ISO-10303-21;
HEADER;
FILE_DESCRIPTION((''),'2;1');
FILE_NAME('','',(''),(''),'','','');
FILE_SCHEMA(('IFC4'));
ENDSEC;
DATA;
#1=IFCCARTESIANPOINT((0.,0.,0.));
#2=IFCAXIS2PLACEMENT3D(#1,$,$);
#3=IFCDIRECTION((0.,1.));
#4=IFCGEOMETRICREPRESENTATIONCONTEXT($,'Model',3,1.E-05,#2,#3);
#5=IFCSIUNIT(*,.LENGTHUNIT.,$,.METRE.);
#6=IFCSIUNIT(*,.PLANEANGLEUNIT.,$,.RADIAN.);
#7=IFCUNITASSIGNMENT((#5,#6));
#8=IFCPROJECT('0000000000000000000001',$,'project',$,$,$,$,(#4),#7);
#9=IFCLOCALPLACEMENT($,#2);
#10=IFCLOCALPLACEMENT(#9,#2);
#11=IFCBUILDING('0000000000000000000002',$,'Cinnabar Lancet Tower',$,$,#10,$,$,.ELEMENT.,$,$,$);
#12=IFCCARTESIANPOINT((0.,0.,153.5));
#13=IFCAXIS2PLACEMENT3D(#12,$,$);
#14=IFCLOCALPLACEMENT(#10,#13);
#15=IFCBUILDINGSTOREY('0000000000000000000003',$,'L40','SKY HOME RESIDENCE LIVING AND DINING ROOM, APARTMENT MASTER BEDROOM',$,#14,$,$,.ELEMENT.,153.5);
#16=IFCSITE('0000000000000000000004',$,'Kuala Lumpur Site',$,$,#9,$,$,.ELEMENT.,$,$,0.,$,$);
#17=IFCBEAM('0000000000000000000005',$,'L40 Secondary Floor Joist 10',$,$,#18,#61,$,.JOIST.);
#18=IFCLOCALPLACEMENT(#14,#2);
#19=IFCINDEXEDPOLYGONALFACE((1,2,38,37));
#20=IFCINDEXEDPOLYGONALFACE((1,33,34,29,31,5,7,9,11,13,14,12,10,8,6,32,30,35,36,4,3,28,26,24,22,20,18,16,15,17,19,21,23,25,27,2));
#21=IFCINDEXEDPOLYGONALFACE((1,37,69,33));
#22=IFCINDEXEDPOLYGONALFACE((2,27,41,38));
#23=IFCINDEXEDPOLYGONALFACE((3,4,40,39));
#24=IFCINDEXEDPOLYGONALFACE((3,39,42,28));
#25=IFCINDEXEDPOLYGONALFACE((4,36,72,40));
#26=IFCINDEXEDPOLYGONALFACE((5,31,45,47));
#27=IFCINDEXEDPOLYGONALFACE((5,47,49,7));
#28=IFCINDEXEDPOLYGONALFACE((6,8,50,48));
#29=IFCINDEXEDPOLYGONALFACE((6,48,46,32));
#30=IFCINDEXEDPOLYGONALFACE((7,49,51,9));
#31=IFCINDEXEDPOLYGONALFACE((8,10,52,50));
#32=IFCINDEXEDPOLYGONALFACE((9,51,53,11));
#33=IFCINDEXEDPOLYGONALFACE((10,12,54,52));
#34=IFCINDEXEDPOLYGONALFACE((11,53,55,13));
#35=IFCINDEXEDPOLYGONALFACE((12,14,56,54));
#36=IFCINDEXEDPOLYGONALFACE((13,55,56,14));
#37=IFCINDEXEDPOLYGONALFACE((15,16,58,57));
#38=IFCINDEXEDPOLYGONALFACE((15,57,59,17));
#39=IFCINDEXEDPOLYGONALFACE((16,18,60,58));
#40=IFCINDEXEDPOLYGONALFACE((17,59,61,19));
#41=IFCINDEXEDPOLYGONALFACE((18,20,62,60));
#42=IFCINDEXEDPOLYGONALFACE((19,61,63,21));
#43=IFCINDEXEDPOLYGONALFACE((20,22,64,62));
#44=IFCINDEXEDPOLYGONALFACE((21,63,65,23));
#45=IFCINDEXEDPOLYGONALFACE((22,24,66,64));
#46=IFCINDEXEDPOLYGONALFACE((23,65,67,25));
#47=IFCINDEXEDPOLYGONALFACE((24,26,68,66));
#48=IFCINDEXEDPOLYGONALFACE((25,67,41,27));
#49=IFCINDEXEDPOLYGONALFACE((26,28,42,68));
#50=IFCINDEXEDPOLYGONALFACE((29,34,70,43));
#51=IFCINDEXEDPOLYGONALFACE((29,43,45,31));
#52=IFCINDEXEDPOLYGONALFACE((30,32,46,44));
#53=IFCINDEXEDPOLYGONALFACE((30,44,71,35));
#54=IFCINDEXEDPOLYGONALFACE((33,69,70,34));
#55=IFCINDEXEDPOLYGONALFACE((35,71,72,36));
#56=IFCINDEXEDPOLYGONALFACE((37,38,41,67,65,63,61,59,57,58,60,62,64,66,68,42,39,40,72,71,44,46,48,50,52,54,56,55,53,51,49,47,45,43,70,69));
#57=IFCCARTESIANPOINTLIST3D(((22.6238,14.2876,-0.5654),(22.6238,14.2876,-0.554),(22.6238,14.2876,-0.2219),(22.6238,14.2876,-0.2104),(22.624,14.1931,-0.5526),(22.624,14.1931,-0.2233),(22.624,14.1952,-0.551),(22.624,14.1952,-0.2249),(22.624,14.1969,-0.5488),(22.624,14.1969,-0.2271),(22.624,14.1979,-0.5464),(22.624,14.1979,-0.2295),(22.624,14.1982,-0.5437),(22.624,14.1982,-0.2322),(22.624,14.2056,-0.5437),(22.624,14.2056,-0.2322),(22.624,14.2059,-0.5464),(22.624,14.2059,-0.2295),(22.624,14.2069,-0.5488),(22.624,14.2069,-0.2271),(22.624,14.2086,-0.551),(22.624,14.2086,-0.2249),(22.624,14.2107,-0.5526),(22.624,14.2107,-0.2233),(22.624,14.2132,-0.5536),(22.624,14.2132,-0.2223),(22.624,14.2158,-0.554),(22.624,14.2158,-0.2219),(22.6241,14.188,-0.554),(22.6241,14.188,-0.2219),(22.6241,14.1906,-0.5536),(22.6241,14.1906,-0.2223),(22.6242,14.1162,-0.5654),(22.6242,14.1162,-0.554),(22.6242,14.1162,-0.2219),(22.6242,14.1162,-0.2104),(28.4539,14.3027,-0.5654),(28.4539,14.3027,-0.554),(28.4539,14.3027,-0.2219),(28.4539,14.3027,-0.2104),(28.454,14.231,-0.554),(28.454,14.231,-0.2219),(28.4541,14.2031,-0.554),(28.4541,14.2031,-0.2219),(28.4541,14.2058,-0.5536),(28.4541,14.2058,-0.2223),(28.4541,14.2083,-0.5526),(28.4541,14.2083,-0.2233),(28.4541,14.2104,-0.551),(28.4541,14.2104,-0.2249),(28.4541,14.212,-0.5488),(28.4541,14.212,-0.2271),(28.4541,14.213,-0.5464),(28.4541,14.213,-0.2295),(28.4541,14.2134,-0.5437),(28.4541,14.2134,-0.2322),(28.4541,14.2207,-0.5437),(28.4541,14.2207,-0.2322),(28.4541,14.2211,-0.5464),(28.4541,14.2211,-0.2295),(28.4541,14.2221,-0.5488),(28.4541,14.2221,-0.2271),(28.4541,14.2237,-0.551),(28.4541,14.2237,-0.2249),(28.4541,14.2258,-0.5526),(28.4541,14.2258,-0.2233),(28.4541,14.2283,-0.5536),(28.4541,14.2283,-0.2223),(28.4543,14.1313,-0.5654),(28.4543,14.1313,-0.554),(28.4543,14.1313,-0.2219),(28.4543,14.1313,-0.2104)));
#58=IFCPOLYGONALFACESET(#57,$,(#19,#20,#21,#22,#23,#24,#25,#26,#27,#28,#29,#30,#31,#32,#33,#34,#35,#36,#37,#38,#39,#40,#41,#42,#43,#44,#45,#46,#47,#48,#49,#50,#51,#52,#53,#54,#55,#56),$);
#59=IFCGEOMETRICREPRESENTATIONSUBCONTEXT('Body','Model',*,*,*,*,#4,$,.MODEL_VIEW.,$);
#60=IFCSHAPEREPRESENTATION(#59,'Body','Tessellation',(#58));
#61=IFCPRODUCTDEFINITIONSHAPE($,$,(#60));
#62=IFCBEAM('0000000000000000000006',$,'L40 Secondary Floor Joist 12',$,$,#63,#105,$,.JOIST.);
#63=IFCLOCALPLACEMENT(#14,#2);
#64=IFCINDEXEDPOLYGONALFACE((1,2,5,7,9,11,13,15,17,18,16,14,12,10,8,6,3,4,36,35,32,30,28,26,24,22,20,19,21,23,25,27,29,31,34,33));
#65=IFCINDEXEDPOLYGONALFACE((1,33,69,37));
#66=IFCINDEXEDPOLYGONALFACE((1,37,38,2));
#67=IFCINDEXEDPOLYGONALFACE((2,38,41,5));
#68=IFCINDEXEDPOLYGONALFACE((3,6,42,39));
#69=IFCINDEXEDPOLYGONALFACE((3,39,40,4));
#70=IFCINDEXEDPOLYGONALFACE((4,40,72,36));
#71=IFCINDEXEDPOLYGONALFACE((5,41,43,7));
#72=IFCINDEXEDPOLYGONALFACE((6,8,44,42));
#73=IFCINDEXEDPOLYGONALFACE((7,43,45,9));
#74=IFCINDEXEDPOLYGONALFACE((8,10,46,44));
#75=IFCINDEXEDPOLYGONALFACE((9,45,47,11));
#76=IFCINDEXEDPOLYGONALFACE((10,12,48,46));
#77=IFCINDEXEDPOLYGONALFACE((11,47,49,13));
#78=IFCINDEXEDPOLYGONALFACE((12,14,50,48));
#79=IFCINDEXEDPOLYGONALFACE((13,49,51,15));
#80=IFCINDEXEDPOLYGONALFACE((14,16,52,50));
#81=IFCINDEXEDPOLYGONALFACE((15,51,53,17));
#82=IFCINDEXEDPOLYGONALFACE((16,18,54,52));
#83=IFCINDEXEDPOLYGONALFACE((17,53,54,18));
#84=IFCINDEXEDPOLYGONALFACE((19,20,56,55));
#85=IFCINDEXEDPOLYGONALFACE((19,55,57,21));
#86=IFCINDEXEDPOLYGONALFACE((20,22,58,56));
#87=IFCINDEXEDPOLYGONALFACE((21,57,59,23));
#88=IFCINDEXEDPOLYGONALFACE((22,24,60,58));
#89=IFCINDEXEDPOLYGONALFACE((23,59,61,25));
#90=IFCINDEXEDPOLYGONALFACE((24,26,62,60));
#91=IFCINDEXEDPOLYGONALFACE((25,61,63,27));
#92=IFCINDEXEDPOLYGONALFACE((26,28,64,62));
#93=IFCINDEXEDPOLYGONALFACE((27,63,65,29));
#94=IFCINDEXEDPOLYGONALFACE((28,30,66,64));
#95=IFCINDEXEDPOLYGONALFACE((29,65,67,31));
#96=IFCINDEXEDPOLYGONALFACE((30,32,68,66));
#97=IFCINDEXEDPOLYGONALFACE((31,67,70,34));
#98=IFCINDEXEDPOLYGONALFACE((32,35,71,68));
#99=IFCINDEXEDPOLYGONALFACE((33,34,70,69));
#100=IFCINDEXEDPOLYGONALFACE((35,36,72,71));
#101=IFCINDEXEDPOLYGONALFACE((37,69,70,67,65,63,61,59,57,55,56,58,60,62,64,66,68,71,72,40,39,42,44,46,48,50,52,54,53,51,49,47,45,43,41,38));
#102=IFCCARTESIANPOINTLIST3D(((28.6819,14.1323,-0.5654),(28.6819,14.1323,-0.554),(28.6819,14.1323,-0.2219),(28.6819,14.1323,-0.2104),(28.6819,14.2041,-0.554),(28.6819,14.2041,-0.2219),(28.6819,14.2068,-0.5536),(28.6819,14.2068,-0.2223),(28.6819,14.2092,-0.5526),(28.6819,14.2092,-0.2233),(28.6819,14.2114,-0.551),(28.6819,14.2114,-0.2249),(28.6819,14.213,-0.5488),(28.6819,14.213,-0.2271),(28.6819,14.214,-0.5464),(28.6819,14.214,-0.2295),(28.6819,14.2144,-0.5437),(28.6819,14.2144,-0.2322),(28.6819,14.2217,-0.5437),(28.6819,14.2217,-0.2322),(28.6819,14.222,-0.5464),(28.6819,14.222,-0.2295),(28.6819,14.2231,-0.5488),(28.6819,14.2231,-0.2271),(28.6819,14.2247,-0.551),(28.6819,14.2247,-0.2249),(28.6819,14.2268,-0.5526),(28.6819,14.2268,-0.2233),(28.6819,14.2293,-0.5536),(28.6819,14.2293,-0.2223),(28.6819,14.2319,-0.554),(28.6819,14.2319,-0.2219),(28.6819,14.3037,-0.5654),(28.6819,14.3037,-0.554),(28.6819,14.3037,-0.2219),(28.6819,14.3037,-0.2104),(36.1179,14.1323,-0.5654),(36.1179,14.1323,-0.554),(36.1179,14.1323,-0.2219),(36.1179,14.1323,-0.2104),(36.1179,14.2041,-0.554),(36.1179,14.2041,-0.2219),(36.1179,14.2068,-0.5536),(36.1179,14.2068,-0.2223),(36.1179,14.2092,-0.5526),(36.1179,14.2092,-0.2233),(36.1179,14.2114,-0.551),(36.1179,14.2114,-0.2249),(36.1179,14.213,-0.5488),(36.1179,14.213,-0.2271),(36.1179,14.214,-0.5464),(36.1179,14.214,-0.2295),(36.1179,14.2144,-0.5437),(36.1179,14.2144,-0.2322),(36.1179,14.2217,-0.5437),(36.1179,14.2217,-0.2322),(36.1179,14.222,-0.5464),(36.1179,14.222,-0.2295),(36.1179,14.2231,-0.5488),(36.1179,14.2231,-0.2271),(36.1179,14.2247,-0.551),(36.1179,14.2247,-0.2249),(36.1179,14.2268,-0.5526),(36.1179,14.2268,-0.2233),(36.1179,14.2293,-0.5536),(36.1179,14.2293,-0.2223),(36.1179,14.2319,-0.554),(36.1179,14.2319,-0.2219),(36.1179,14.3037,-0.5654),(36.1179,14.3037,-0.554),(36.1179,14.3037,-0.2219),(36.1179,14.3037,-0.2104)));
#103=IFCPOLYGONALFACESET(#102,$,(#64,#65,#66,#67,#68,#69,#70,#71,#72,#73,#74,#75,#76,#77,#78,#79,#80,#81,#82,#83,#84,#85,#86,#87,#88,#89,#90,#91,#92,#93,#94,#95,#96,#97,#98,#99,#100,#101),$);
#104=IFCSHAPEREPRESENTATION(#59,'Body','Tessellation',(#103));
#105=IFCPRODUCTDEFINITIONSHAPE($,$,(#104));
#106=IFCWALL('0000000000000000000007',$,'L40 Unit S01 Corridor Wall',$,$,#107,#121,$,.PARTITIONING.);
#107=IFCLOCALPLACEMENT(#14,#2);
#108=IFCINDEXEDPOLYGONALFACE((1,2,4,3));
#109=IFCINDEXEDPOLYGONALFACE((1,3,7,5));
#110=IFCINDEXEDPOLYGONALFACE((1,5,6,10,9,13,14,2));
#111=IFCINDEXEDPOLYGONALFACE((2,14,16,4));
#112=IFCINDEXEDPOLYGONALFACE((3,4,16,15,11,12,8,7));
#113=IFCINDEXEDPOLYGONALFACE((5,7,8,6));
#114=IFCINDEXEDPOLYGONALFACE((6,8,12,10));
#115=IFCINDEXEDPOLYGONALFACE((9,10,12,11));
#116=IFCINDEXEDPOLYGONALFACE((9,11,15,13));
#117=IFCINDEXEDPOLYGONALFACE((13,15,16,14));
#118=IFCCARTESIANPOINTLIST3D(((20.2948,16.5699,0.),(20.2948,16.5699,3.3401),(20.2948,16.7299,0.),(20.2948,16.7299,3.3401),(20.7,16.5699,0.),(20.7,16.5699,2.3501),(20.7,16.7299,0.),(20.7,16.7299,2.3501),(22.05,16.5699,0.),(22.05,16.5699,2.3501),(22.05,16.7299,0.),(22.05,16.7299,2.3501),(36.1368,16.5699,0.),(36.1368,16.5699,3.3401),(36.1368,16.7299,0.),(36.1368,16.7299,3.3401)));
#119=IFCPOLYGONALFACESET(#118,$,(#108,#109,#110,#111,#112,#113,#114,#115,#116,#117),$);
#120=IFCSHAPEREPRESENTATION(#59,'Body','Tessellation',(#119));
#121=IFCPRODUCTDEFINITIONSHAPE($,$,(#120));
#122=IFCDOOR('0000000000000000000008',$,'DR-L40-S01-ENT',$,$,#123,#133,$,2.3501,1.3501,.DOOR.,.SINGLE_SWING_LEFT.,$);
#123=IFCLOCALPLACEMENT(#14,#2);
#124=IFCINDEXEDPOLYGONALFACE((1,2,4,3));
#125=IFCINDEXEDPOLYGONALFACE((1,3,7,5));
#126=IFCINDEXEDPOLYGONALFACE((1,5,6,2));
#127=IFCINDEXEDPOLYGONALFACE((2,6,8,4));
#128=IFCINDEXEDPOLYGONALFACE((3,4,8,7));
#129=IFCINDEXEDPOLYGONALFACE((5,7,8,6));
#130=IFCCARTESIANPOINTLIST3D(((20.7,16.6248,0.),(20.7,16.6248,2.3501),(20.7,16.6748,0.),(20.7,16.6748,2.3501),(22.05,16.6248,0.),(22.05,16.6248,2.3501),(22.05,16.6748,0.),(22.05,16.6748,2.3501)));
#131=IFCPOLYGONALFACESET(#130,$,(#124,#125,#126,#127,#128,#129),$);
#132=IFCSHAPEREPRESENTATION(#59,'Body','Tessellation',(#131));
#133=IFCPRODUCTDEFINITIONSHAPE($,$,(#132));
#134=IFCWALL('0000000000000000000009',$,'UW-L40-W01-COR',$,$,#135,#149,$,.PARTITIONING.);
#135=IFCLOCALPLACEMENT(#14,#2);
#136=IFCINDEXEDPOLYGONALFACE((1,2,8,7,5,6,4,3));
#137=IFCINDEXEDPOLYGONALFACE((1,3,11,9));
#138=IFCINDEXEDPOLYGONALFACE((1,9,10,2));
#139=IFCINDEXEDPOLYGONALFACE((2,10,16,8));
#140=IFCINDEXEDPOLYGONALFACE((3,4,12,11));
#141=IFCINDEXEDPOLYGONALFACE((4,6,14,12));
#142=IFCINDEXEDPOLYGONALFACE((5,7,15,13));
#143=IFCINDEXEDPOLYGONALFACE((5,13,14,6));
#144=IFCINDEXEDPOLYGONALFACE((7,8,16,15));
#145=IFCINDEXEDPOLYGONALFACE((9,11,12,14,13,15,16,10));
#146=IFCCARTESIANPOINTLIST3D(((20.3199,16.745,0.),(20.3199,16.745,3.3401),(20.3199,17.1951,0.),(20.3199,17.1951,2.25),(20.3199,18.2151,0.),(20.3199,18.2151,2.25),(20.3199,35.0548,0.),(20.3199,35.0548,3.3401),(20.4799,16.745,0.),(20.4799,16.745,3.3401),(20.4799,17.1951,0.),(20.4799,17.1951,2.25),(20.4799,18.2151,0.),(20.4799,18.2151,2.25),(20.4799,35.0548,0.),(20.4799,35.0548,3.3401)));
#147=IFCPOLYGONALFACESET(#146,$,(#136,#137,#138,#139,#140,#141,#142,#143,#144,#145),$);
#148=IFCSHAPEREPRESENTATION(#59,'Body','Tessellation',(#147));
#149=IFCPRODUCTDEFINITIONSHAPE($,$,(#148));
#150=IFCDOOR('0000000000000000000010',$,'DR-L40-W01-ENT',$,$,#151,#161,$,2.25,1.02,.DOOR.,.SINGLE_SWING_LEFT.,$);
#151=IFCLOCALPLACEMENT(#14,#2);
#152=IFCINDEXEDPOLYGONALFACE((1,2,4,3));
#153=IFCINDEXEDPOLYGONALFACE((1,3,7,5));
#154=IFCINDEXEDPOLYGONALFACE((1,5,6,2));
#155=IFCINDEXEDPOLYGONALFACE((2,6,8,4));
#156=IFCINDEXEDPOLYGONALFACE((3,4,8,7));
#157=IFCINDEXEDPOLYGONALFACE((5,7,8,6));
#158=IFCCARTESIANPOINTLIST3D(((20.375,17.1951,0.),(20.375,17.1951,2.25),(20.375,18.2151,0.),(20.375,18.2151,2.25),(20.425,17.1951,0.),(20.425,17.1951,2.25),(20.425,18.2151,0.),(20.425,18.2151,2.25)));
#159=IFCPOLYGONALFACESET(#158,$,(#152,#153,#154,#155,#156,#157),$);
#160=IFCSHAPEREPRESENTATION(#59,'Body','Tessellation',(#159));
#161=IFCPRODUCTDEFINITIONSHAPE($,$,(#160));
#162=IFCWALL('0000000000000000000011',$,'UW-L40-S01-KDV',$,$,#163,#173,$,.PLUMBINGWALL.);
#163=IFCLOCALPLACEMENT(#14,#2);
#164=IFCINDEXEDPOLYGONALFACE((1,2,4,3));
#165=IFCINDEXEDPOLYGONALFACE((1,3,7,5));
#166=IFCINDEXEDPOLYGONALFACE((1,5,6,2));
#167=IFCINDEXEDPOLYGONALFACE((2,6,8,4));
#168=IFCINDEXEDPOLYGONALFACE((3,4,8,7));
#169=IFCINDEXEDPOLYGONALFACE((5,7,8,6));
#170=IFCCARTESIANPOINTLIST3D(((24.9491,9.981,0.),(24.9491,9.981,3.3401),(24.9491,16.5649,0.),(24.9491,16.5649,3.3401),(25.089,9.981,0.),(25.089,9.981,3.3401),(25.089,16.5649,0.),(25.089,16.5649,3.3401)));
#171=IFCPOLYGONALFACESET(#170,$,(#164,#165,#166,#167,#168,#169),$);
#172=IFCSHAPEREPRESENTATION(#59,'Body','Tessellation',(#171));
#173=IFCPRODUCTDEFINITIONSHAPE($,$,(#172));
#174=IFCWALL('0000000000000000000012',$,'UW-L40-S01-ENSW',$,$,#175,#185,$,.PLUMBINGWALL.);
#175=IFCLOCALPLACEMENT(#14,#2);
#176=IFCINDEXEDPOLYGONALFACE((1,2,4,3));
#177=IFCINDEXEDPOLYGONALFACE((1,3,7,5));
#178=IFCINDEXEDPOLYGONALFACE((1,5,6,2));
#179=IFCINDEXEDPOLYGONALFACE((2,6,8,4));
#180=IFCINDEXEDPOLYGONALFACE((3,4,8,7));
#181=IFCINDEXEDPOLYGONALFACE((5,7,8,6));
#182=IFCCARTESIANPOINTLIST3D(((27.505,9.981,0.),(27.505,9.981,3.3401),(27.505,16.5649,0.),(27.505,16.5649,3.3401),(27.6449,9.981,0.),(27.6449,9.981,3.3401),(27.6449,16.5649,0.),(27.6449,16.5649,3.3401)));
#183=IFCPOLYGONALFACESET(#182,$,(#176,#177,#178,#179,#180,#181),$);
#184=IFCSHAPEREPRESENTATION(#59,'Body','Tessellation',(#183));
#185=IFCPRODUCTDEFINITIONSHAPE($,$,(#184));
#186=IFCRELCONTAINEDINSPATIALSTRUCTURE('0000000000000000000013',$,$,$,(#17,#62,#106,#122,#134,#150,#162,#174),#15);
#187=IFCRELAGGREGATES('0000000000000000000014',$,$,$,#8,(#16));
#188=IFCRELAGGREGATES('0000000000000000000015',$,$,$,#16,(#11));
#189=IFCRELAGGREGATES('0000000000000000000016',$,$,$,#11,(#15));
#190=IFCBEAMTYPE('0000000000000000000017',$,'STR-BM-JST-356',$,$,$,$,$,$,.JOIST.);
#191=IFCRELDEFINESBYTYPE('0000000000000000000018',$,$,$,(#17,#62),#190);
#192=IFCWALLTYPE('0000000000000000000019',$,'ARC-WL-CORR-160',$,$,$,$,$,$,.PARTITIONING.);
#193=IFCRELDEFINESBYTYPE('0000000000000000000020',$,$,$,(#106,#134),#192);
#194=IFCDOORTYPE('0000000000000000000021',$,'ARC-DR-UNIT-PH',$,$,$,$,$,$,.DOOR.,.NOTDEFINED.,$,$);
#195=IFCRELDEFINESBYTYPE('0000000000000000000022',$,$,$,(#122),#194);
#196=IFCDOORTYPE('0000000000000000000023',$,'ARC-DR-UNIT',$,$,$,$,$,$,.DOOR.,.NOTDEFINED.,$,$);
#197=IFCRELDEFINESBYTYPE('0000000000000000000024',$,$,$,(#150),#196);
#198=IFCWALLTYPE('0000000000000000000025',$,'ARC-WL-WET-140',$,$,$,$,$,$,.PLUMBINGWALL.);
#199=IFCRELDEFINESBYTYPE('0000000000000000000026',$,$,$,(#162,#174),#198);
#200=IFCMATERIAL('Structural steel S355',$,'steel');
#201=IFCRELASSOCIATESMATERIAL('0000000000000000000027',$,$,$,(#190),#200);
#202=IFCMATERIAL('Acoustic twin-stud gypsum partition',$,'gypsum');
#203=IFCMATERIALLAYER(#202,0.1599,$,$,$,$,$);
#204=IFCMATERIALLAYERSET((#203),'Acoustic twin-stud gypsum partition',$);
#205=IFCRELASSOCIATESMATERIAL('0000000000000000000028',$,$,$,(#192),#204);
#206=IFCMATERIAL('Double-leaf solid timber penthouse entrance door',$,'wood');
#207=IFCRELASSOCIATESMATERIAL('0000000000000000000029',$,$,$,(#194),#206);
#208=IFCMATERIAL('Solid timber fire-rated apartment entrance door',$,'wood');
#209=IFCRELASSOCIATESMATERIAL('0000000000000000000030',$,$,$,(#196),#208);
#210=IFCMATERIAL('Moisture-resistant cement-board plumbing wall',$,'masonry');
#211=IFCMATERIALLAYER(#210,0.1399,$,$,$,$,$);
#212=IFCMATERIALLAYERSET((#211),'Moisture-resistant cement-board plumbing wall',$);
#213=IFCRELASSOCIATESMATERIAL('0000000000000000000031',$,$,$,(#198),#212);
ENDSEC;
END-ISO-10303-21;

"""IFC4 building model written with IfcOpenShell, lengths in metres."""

from ifc_helpers import new_model, si_unit, direction, frame, frame_2d, origin, origin_2d, place, context, subcontext, project, spatial, rectangle, i_section, extrude, material, layer, layer_set, material_profile, profile_set, type_object, element, fill, save


model = new_model("IFC4")

# Units and contexts
model_context = context("Model", 3, precision=1e-05, world=origin(), true_north=direction((0.0, 1.0)))
body_context = subcontext(model_context, "Body", "Model", "MODEL_VIEW")
ifc_project = project(units=[si_unit("LENGTHUNIT", "METRE"), si_unit("PLANEANGLEUNIT", "RADIAN")], contexts=[model_context])

# Site, building, storey
site_placement = place(None, origin())
site = spatial("IfcSite", under=ifc_project, at=site_placement, Name="Kuala Lumpur Site", CompositionType="ELEMENT", RefElevation=0.0)
building_placement = place(site_placement, origin())
building = spatial("IfcBuilding", under=site, at=building_placement, Name="Cinnabar Lancet Tower", CompositionType="ELEMENT")
storey_placement = place(building_placement, frame((0.0, 0.0, 153.5)))
storey = spatial("IfcBuildingStorey", under=building, at=storey_placement, Name="L40", Description="SKY HOME RESIDENCE LIVING AND DINING ROOM, APARTMENT MASTER BEDROOM", CompositionType="ELEMENT", Elevation=153.5)

# Beams
ifc_material_1 = material(Name="Structural steel S355", Category="steel")
ifc_material_profile = material_profile(ifc_material_1, i_section(OverallWidth=0.1714, OverallDepth=0.355, WebThickness=0.0073, FlangeThickness=0.0115, FilletRadius=0.0103, at=origin_2d()), Name="UKB 356x171x51")
ifc_profile_set = profile_set([ifc_material_profile], Name="Structural steel S355")
beam_type = type_object("IfcBeamType", Name="STR-BM-JST-356", PredefinedType="JOIST", material=ifc_profile_set)
beam_1_placement = place(storey_placement, frame((22.624, 14.2019, -0.3879), z_axis=(0.999997, 0.002596, 0.0), x_axis=(-0.002596, 0.999997, 0.0)))
element("IfcBeam", 1, at=beam_1_placement, inside=storey, type_object=beam_type, Name="L40 Secondary Floor Joist 10", PredefinedType="JOIST", context=body_context, shape_type="SweptSolid", body=[
    extrude(i_section(OverallWidth=0.1714, OverallDepth=0.355, WebThickness=0.0073, FlangeThickness=0.0115, FilletRadius=0.0103, at=origin_2d()), origin(), (0.0, 0.0, 1.0), 5.8301),
])
beam_2_placement = place(storey_placement, frame((28.6819, 14.218, -0.3879), z_axis=(1.0, 0.0, 0.0), x_axis=(0.0, 1.0, 0.0)))
element("IfcBeam", 2, at=beam_2_placement, inside=storey, type_object=beam_type, Name="L40 Secondary Floor Joist 12", PredefinedType="JOIST", context=body_context, shape_type="SweptSolid", body=[
    extrude(i_section(OverallWidth=0.1714, OverallDepth=0.355, WebThickness=0.0073, FlangeThickness=0.0115, FilletRadius=0.0103, at=origin_2d()), origin(), (0.0, 0.0, 1.0), 7.436),
])

# Walls, openings, doors
ifc_material_2 = material(Name="Acoustic twin-stud gypsum partition", Category="gypsum")
ifc_layer_1 = layer(ifc_material_2, 0.1599)
ifc_layer_set_1 = layer_set([ifc_layer_1], Name="Acoustic twin-stud gypsum partition")
wall_type_1 = type_object("IfcWallType", Name="ARC-WL-CORR-160", PredefinedType="PARTITIONING", material=ifc_layer_set_1)
wall_1_placement = place(storey_placement, frame((20.2949, 16.6499, 0.0), z_axis=(0.0, 0.0, 1.0), x_axis=(1.0, 0.0, 0.0)))
wall_1 = element("IfcWall", 3, at=wall_1_placement, inside=storey, type_object=wall_type_1, Name="L40 Unit S01 Corridor Wall", PredefinedType="PARTITIONING", context=body_context, shape_type="SweptSolid", body=[
    extrude(rectangle(XDim=15.842, YDim=0.1599, at=frame_2d((7.9209, 0.0))), origin(), (0.0, 0.0, 1.0), 3.3401),
])
opening_1_placement = place(wall_1_placement, frame((0.405, 0.0, 0.0)))
opening_1 = element("IfcOpeningElement", 4, at=opening_1_placement, cuts=wall_1, PredefinedType="OPENING", context=body_context, shape_type="SweptSolid", body=[
    extrude(rectangle(XDim=1.3501, YDim=2.3501, at=frame_2d((0.675, 1.175))), frame((0.0, 0.0898, 0.0), z_axis=(0.0, -1.0, 0.0), x_axis=(1.0, 0.0, 0.0)), (0.0, 0.0, 1.0), 0.1799),
])
ifc_material_3 = material(Name="Double-leaf solid timber penthouse entrance door", Category="wood")
door_type_1 = type_object("IfcDoorType", Name="ARC-DR-UNIT-PH", OperationType="NOTDEFINED", PredefinedType="DOOR", material=ifc_material_3)
door_1_placement = place(opening_1_placement, origin())
door_1 = element("IfcDoor", 5, at=door_1_placement, inside=storey, type_object=door_type_1, Name="DR-L40-S01-ENT", OperationType="SINGLE_SWING_LEFT", OverallHeight=2.3501, OverallWidth=1.3501, PredefinedType="DOOR", context=body_context, shape_type="SweptSolid", body=[
    extrude(rectangle(XDim=1.3501, YDim=2.3501, at=frame_2d((0.675, 1.175))), frame((0.0, 0.0249, 0.0), z_axis=(0.0, -1.0, 0.0), x_axis=(1.0, 0.0, 0.0)), (0.0, 0.0, 1.0), 0.05),
])
fill(opening_1, door_1)
wall_2_placement = place(storey_placement, frame((20.3999, 16.7451, 0.0), z_axis=(0.0, 0.0, 1.0), x_axis=(0.0, 1.0, 0.0)))
wall_2 = element("IfcWall", 6, at=wall_2_placement, inside=storey, type_object=wall_type_1, Name="UW-L40-W01-COR", PredefinedType="PARTITIONING", context=body_context, shape_type="SweptSolid", body=[
    extrude(rectangle(XDim=18.3098, YDim=0.1599, at=frame_2d((9.1548, 0.0))), origin(), (0.0, 0.0, 1.0), 3.3401),
])
opening_2_placement = place(wall_2_placement, frame((0.45, 0.0, 0.0)))
opening_2 = element("IfcOpeningElement", 7, at=opening_2_placement, cuts=wall_2, PredefinedType="OPENING", context=body_context, shape_type="SweptSolid", body=[
    extrude(rectangle(XDim=1.02, YDim=2.25, at=frame_2d((0.51, 1.125))), frame((0.0, 0.0898, 0.0), z_axis=(0.0, -1.0, 0.0), x_axis=(1.0, 0.0, 0.0)), (0.0, 0.0, 1.0), 0.1799),
])
ifc_material_4 = material(Name="Solid timber fire-rated apartment entrance door", Category="wood")
door_type_2 = type_object("IfcDoorType", Name="ARC-DR-UNIT", OperationType="NOTDEFINED", PredefinedType="DOOR", material=ifc_material_4)
door_2_placement = place(opening_2_placement, origin())
door_2 = element("IfcDoor", 8, at=door_2_placement, inside=storey, type_object=door_type_2, Name="DR-L40-W01-ENT", OperationType="SINGLE_SWING_LEFT", OverallHeight=2.25, OverallWidth=1.02, PredefinedType="DOOR", context=body_context, shape_type="SweptSolid", body=[
    extrude(rectangle(XDim=1.02, YDim=2.25, at=frame_2d((0.51, 1.125))), frame((0.0, 0.0249, 0.0), z_axis=(0.0, -1.0, 0.0), x_axis=(1.0, 0.0, 0.0)), (0.0, 0.0, 1.0), 0.05),
])
fill(opening_2, door_2)

# Walls
ifc_material_5 = material(Name="Moisture-resistant cement-board plumbing wall", Category="masonry")
ifc_layer_2 = layer(ifc_material_5, 0.1399)
ifc_layer_set_2 = layer_set([ifc_layer_2], Name="Moisture-resistant cement-board plumbing wall")
wall_type_2 = type_object("IfcWallType", Name="ARC-WL-WET-140", PredefinedType="PLUMBINGWALL", material=ifc_layer_set_2)
for number, where, z_axis, x_axis, name in (
    (9, (25.019, 9.981, 0.0), (0.0, 0.0, 1.0), (0.0, 1.0, 0.0), "UW-L40-S01-KDV"),
    (10, (27.575, 9.981, 0.0), (0.0, 0.0, 1.0), (0.0, 1.0, 0.0), "UW-L40-S01-ENSW"),
):
    element("IfcWall", number, at=place(storey_placement, frame(where, z_axis=z_axis, x_axis=x_axis)), inside=storey, type_object=wall_type_2, Name=name, PredefinedType="PLUMBINGWALL", context=body_context, shape_type="SweptSolid", body=[
        extrude(rectangle(XDim=6.584, YDim=0.1399, at=frame_2d((3.292, 0.0))), origin(), (0.0, 0.0, 1.0), 3.3401),
    ])

save(model, "model.ifc")
